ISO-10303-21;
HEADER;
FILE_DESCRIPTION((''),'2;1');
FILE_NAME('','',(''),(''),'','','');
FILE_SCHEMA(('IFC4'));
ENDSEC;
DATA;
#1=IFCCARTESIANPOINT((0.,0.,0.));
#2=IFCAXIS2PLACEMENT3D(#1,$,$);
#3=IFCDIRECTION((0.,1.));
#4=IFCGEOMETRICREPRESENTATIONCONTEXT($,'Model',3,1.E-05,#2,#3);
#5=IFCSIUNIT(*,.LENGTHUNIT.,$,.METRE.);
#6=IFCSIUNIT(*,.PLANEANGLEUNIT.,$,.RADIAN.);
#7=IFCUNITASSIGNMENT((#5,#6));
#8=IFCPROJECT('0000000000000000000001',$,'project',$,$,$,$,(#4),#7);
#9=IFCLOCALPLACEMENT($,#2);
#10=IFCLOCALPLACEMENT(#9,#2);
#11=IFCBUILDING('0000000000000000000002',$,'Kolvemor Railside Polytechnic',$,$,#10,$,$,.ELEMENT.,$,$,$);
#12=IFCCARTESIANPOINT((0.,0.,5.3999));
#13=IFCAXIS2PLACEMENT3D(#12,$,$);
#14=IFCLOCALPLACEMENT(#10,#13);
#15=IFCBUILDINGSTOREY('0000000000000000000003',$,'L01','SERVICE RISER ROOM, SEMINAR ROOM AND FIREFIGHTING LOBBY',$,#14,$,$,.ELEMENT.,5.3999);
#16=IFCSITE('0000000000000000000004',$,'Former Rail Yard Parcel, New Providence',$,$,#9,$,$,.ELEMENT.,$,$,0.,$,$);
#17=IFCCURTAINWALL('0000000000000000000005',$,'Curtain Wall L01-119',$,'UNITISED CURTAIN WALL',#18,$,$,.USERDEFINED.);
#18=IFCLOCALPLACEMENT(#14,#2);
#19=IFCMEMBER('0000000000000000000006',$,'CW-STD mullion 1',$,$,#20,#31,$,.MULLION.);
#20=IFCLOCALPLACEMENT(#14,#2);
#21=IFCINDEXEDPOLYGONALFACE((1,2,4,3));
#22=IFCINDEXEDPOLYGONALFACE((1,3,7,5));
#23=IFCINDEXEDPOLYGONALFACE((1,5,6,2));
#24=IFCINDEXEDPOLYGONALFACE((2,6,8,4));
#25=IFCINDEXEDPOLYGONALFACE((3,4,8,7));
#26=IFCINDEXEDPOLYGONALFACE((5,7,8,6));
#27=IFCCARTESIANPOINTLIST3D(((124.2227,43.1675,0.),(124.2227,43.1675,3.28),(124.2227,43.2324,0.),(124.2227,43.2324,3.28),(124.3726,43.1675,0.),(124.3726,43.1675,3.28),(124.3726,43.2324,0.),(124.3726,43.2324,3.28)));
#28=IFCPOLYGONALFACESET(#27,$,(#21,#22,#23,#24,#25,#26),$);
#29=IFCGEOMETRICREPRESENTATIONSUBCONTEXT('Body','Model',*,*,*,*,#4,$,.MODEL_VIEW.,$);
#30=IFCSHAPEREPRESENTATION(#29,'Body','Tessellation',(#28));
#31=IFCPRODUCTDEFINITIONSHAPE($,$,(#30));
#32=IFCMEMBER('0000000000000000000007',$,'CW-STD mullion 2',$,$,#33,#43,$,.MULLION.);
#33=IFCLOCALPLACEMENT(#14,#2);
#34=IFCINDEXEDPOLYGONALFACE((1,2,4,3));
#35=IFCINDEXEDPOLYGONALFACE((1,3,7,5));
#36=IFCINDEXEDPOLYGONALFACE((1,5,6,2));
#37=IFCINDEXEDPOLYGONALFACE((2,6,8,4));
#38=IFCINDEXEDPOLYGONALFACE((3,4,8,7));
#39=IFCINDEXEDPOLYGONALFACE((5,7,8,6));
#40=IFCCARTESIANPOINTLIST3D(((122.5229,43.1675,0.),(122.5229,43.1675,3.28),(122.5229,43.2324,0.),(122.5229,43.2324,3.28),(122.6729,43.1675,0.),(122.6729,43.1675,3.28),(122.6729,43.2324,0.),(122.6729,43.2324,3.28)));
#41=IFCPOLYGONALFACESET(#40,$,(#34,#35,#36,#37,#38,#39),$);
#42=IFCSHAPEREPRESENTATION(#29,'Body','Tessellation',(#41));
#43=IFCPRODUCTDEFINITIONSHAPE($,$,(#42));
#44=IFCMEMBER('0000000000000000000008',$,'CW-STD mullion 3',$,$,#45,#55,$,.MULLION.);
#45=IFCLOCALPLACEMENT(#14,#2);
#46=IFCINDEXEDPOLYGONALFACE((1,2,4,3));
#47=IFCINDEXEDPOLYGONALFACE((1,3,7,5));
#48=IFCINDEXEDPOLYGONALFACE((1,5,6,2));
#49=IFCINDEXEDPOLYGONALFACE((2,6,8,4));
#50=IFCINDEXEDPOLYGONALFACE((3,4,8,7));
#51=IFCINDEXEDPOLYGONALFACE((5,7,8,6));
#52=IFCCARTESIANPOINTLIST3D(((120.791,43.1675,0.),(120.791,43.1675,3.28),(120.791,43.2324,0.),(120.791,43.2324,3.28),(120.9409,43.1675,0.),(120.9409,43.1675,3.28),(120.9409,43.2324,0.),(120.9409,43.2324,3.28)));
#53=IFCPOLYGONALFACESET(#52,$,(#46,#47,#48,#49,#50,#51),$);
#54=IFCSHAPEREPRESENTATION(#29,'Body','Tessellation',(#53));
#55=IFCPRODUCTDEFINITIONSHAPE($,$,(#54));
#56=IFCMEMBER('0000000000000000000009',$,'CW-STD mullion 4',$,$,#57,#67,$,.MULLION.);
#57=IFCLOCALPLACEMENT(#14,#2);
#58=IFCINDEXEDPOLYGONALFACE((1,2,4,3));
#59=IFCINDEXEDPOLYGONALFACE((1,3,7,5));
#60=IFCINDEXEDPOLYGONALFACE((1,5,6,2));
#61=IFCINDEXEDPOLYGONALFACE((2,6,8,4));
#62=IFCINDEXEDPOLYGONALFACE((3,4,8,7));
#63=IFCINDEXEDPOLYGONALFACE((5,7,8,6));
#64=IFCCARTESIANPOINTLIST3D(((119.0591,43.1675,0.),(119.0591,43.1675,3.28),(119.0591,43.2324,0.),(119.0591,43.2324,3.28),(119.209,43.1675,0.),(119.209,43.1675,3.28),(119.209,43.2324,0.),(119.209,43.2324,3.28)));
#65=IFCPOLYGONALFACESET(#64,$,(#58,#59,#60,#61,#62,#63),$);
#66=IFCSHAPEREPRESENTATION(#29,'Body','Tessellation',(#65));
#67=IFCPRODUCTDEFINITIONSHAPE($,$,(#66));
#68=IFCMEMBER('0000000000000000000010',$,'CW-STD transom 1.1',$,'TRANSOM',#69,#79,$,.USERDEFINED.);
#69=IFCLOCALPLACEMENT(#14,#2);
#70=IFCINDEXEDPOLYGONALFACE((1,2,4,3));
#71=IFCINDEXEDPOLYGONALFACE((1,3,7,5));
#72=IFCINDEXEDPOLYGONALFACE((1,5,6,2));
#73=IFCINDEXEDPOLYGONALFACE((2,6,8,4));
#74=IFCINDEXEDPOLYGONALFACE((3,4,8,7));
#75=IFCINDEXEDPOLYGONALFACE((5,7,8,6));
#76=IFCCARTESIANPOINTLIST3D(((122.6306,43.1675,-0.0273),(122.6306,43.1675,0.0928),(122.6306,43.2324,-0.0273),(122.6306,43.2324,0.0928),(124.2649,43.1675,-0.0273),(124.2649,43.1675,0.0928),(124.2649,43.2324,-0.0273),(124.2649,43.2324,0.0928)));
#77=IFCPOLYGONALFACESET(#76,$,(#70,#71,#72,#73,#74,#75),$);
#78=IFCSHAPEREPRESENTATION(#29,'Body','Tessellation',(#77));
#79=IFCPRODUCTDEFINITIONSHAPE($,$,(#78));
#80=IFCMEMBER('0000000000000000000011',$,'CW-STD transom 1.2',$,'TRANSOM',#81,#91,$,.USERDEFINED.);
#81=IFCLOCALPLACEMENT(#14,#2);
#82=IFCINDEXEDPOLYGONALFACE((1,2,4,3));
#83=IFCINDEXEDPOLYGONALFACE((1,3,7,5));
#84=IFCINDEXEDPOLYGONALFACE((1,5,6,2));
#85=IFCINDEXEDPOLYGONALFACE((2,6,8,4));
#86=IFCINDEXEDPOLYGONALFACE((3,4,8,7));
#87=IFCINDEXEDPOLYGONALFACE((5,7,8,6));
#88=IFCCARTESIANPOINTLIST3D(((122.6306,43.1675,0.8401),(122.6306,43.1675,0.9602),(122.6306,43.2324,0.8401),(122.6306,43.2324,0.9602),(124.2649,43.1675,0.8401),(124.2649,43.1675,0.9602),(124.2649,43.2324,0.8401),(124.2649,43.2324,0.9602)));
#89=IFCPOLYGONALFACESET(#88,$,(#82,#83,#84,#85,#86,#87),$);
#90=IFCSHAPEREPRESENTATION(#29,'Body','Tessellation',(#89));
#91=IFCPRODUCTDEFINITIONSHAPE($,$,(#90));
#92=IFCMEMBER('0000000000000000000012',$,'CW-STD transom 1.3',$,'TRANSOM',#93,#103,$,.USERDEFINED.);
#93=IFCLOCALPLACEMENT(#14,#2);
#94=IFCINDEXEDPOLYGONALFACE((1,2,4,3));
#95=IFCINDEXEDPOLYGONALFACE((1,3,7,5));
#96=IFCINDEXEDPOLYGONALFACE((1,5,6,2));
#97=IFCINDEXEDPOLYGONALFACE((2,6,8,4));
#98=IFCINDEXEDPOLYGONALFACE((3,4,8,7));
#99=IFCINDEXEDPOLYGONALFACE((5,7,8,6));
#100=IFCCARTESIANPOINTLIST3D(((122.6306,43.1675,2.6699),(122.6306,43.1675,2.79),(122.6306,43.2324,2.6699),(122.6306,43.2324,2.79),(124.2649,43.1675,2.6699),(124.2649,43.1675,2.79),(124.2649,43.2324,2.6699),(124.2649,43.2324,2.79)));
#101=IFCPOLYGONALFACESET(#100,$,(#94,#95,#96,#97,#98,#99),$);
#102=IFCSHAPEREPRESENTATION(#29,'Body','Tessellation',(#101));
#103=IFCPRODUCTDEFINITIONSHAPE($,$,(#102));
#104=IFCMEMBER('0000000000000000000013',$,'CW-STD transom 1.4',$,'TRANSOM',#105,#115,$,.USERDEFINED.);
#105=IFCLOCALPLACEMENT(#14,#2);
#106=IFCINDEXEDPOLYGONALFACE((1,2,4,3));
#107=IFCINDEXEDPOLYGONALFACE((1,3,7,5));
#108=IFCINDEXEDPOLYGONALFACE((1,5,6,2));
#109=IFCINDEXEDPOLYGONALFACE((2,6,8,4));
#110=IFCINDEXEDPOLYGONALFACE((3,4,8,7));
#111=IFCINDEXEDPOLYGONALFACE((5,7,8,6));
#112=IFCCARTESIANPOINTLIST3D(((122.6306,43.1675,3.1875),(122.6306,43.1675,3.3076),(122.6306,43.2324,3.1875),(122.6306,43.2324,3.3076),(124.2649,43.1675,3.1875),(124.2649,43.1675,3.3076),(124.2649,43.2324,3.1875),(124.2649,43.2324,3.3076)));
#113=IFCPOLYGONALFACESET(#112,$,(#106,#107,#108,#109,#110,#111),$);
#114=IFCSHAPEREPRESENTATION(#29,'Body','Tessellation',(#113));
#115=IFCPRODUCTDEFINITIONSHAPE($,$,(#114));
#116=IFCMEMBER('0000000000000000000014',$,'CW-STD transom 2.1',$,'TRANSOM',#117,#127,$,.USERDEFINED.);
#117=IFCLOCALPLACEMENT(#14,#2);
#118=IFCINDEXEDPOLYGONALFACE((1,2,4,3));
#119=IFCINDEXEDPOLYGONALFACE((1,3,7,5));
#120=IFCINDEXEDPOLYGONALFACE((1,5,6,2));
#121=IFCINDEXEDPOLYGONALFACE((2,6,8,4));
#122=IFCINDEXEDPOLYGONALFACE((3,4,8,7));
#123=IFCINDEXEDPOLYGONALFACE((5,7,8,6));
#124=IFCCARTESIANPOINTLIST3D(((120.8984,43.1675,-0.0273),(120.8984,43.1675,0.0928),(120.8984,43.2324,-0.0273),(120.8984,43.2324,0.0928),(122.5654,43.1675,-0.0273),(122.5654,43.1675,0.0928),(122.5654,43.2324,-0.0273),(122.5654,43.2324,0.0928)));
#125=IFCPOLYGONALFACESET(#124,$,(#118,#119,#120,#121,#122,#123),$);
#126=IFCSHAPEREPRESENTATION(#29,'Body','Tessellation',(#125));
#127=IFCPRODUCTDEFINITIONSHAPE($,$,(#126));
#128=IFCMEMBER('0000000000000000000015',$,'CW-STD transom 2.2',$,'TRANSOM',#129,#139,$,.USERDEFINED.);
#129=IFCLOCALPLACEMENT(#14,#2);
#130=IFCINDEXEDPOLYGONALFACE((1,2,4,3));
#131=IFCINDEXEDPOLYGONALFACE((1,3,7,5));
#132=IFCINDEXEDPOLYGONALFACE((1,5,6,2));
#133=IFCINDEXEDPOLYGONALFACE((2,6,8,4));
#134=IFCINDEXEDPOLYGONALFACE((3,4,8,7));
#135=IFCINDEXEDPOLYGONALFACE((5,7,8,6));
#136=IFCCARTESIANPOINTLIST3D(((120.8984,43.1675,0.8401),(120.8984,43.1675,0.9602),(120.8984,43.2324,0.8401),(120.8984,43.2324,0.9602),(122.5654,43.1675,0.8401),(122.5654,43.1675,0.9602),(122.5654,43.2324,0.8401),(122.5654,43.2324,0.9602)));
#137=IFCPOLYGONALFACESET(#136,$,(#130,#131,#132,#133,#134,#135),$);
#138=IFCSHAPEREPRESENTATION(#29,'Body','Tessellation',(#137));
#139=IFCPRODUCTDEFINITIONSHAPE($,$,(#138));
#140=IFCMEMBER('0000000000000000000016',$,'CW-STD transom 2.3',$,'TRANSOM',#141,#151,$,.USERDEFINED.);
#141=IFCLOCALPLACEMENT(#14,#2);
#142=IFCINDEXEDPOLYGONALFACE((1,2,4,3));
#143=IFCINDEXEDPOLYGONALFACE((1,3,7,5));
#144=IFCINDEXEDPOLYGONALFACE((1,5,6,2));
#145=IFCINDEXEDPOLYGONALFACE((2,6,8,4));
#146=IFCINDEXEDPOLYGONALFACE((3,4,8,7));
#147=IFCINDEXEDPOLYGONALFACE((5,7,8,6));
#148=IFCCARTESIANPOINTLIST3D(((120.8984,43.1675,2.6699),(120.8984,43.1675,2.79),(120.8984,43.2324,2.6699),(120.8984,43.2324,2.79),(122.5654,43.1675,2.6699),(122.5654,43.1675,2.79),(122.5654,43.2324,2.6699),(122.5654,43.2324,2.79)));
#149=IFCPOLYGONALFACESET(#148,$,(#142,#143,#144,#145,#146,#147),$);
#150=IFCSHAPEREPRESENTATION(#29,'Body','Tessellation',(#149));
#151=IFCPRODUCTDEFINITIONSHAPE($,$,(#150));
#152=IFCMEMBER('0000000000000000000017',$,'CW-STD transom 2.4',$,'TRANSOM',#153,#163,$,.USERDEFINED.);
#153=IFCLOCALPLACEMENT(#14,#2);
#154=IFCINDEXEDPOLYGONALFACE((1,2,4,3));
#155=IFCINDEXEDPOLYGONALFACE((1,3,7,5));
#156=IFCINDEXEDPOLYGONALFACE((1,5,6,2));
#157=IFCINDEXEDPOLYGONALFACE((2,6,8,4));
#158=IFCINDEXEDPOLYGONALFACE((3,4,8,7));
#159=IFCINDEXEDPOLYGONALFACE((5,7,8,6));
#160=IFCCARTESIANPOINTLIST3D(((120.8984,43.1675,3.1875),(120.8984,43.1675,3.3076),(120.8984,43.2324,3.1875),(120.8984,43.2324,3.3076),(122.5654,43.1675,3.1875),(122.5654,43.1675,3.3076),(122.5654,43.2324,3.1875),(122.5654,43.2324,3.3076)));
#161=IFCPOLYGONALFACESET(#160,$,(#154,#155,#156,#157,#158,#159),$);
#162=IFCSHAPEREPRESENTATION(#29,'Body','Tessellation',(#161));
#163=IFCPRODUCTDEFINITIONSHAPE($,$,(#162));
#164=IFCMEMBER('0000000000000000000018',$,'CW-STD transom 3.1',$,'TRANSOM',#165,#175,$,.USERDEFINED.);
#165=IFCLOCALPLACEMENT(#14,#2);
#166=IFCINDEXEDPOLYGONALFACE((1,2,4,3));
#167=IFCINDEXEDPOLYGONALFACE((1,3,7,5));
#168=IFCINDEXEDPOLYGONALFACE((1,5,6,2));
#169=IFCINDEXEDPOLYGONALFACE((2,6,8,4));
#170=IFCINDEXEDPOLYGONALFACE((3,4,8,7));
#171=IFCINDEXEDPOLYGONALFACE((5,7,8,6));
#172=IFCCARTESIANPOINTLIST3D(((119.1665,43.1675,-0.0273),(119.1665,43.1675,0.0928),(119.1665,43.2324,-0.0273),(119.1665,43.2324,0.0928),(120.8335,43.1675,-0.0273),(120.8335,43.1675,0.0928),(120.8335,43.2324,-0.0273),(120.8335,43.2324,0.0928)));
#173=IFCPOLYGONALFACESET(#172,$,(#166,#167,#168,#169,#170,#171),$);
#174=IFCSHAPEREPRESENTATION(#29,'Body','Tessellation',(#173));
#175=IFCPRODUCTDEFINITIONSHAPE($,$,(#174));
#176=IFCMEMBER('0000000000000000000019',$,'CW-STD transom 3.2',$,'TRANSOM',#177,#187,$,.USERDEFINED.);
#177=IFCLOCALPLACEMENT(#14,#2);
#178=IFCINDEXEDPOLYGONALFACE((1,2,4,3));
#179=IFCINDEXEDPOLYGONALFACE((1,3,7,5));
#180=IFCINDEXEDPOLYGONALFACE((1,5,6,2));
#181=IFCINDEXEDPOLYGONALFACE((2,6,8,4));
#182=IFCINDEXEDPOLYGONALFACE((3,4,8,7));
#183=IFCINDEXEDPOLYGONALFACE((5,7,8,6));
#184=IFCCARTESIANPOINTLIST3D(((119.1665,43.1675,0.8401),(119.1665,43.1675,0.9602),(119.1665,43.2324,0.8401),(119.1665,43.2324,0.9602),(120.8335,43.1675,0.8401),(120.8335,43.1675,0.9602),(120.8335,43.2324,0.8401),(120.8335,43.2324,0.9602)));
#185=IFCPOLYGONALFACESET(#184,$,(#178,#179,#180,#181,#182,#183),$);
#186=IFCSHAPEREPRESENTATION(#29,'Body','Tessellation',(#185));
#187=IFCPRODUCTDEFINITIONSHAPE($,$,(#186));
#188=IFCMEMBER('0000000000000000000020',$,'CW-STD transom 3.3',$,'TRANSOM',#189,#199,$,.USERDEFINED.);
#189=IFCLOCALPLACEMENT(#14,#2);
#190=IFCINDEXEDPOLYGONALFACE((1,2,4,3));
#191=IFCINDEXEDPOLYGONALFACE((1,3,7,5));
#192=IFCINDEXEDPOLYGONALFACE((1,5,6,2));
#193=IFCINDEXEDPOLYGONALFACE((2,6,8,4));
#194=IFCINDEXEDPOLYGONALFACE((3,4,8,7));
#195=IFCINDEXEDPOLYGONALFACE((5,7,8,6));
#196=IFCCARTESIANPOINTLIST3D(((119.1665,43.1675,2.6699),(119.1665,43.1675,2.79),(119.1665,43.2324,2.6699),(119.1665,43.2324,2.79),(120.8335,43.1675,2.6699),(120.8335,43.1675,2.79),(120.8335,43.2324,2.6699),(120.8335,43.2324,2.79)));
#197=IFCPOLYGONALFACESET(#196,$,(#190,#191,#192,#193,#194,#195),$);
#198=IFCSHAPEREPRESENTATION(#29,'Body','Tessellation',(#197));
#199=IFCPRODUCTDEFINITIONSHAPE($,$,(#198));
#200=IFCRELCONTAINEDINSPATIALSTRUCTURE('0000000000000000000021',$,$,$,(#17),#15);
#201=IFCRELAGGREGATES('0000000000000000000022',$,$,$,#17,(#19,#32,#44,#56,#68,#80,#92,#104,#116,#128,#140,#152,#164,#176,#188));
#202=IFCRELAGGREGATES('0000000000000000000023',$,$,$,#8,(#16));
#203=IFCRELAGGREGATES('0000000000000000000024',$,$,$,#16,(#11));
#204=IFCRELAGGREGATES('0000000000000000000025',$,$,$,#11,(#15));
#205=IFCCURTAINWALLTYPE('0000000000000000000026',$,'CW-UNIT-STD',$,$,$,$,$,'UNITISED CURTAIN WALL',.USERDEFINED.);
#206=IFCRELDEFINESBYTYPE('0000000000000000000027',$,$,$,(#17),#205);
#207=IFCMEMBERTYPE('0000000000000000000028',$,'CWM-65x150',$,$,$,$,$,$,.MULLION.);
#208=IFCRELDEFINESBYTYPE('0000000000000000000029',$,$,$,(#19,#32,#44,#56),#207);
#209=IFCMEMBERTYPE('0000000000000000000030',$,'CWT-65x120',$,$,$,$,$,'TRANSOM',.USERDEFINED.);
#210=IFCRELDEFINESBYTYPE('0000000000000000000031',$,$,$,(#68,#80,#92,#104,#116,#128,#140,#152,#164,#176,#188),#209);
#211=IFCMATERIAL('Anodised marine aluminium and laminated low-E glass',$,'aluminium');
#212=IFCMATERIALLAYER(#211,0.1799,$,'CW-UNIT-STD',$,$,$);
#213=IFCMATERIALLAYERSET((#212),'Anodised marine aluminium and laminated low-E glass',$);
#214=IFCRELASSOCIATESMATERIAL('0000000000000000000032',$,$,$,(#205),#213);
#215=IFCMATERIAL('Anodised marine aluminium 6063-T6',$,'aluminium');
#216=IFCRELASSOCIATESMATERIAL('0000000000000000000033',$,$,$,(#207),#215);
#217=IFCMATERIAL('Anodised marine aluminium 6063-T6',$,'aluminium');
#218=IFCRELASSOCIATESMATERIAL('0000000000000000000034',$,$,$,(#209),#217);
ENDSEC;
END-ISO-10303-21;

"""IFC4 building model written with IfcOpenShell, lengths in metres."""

from ifc_helpers import new_model, si_unit, direction, frame, origin, origin_2d, place, context, subcontext, project, spatial, rectangle, extrude, material, layer, layer_set, material_profile, profile_set, type_object, element, aggregate, save


model = new_model("IFC4")

# Units and contexts
model_context = context("Model", 3, precision=1e-05, world=origin(), true_north=direction((0.0, 1.0)))
body_context = subcontext(model_context, "Body", "Model", "MODEL_VIEW")
ifc_project = project(units=[si_unit("LENGTHUNIT", "METRE"), si_unit("PLANEANGLEUNIT", "RADIAN")], contexts=[model_context])

# Site, building, storey
site_placement = place(None, origin())
site = spatial("IfcSite", under=ifc_project, at=site_placement, Name="Former Rail Yard Parcel, New Providence", CompositionType="ELEMENT", RefElevation=0.0)
building_placement = place(site_placement, origin())
building = spatial("IfcBuilding", under=site, at=building_placement, Name="Kolvemor Railside Polytechnic", CompositionType="ELEMENT")
storey_placement = place(building_placement, frame((0.0, 0.0, 5.3999)))
storey = spatial("IfcBuildingStorey", under=building, at=storey_placement, Name="L01", Description="SERVICE RISER ROOM, SEMINAR ROOM AND FIREFIGHTING LOBBY", CompositionType="ELEMENT", Elevation=5.3999)

# Curtain wall, members
ifc_material_1 = material(Name="Anodised marine aluminium and laminated low-E glass", Category="aluminium")
ifc_layer_1 = layer(ifc_material_1, 0.1799, Name="CW-UNIT-STD")
ifc_layer_set_1 = layer_set([ifc_layer_1], Name="Anodised marine aluminium and laminated low-E glass")
curtain_wall_type = type_object("IfcCurtainWallType", Name="CW-UNIT-STD", ElementType="UNITISED CURTAIN WALL", PredefinedType="USERDEFINED", material=ifc_layer_set_1)
curtain_wall_placement = place(storey_placement, origin())
curtain_wall = element("IfcCurtainWall", 1, at=curtain_wall_placement, inside=storey, type_object=curtain_wall_type, Name="Curtain Wall L01-119", ObjectType="UNITISED CURTAIN WALL", PredefinedType="USERDEFINED")
ifc_material_2 = material(Name="Anodised marine aluminium 6063-T6", Category="aluminium")
ifc_material_profile_1 = material_profile(ifc_material_2, rectangle(XDim=0.0649, YDim=0.1499, at=origin_2d()), Name="CW-MUL-65x150")
ifc_profile_set_1 = profile_set([ifc_material_profile_1], Name="Anodised marine aluminium 6063-T6")
member_type_1 = type_object("IfcMemberType", Name="CWM-65x150", PredefinedType="MULLION", material=ifc_profile_set_1)
member_1_placement = place(storey_placement, frame((124.2976, 43.2, 0.0), z_axis=(0.0, 0.0, 1.0), x_axis=(0.0, -1.0, 0.0)))
member_1 = element("IfcMember", 2, at=member_1_placement, type_object=member_type_1, Name="CW-STD mullion 1", PredefinedType="MULLION", context=body_context, shape_type="SweptSolid", body=[
    extrude(rectangle(XDim=0.0649, YDim=0.1499, at=origin_2d()), origin(), (0.0, 0.0, 1.0), 3.28),
])
member_2_placement = place(storey_placement, frame((122.5979, 43.2, 0.0), z_axis=(0.0, 0.0, 1.0), x_axis=(0.0, -1.0, 0.0)))
member_2 = element("IfcMember", 3, at=member_2_placement, type_object=member_type_1, Name="CW-STD mullion 2", PredefinedType="MULLION", context=body_context, shape_type="SweptSolid", body=[
    extrude(rectangle(XDim=0.0649, YDim=0.1499, at=origin_2d()), origin(), (0.0, 0.0, 1.0), 3.28),
])
member_3_placement = place(storey_placement, frame((120.866, 43.2, 0.0), z_axis=(0.0, 0.0, 1.0), x_axis=(0.0, -1.0, 0.0)))
member_3 = element("IfcMember", 4, at=member_3_placement, type_object=member_type_1, Name="CW-STD mullion 3", PredefinedType="MULLION", context=body_context, shape_type="SweptSolid", body=[
    extrude(rectangle(XDim=0.0649, YDim=0.1499, at=origin_2d()), origin(), (0.0, 0.0, 1.0), 3.28),
])
member_4_placement = place(storey_placement, frame((119.134, 43.2, 0.0), z_axis=(0.0, 0.0, 1.0), x_axis=(0.0, -1.0, 0.0)))
member_4 = element("IfcMember", 5, at=member_4_placement, type_object=member_type_1, Name="CW-STD mullion 4", PredefinedType="MULLION", context=body_context, shape_type="SweptSolid", body=[
    extrude(rectangle(XDim=0.0649, YDim=0.1499, at=origin_2d()), origin(), (0.0, 0.0, 1.0), 3.28),
])
ifc_material_3 = material(Name="Anodised marine aluminium 6063-T6", Category="aluminium")
ifc_material_profile_2 = material_profile(ifc_material_3, rectangle(XDim=0.0649, YDim=0.1201, at=origin_2d()), Name="CW-TRN-65x120")
ifc_profile_set_2 = profile_set([ifc_material_profile_2], Name="Anodised marine aluminium 6063-T6")
member_type_2 = type_object("IfcMemberType", Name="CWT-65x120", ElementType="TRANSOM", PredefinedType="USERDEFINED", material=ifc_profile_set_2)
member_5_placement = place(storey_placement, frame((124.2649, 43.2, 0.0327), z_axis=(-1.0, 0.0, 0.0), x_axis=(0.0, -1.0, 0.0)))
member_5 = element("IfcMember", 6, at=member_5_placement, type_object=member_type_2, Name="CW-STD transom 1.1", ObjectType="TRANSOM", PredefinedType="USERDEFINED", context=body_context, shape_type="SweptSolid", body=[
    extrude(rectangle(XDim=0.0649, YDim=0.1201, at=origin_2d()), origin(), (0.0, 0.0, 1.0), 1.6343),
])
member_6_placement = place(storey_placement, frame((124.2649, 43.2, 0.9001), z_axis=(-1.0, 0.0, 0.0), x_axis=(0.0, -1.0, 0.0)))
member_6 = element("IfcMember", 7, at=member_6_placement, type_object=member_type_2, Name="CW-STD transom 1.2", ObjectType="TRANSOM", PredefinedType="USERDEFINED", context=body_context, shape_type="SweptSolid", body=[
    extrude(rectangle(XDim=0.0649, YDim=0.1201, at=origin_2d()), origin(), (0.0, 0.0, 1.0), 1.6343),
])
member_7_placement = place(storey_placement, frame((124.2649, 43.2, 2.73), z_axis=(-1.0, 0.0, 0.0), x_axis=(0.0, -1.0, 0.0)))
member_7 = element("IfcMember", 8, at=member_7_placement, type_object=member_type_2, Name="CW-STD transom 1.3", ObjectType="TRANSOM", PredefinedType="USERDEFINED", context=body_context, shape_type="SweptSolid", body=[
    extrude(rectangle(XDim=0.0649, YDim=0.1201, at=origin_2d()), origin(), (0.0, 0.0, 1.0), 1.6343),
])
member_8_placement = place(storey_placement, frame((124.2649, 43.2, 3.2476), z_axis=(-1.0, 0.0, 0.0), x_axis=(0.0, -1.0, 0.0)))
member_8 = element("IfcMember", 9, at=member_8_placement, type_object=member_type_2, Name="CW-STD transom 1.4", ObjectType="TRANSOM", PredefinedType="USERDEFINED", context=body_context, shape_type="SweptSolid", body=[
    extrude(rectangle(XDim=0.0649, YDim=0.1201, at=origin_2d()), origin(), (0.0, 0.0, 1.0), 1.6343),
])
member_9_placement = place(storey_placement, frame((122.5654, 43.2, 0.0327), z_axis=(-1.0, 0.0, 0.0), x_axis=(0.0, -1.0, 0.0)))
member_9 = element("IfcMember", 10, at=member_9_placement, type_object=member_type_2, Name="CW-STD transom 2.1", ObjectType="TRANSOM", PredefinedType="USERDEFINED", context=body_context, shape_type="SweptSolid", body=[
    extrude(rectangle(XDim=0.0649, YDim=0.1201, at=origin_2d()), origin(), (0.0, 0.0, 1.0), 1.667),
])
member_10_placement = place(storey_placement, frame((122.5654, 43.2, 0.9001), z_axis=(-1.0, 0.0, 0.0), x_axis=(0.0, -1.0, 0.0)))
member_10 = element("IfcMember", 11, at=member_10_placement, type_object=member_type_2, Name="CW-STD transom 2.2", ObjectType="TRANSOM", PredefinedType="USERDEFINED", context=body_context, shape_type="SweptSolid", body=[
    extrude(rectangle(XDim=0.0649, YDim=0.1201, at=origin_2d()), origin(), (0.0, 0.0, 1.0), 1.667),
])
member_11_placement = place(storey_placement, frame((122.5654, 43.2, 2.73), z_axis=(-1.0, 0.0, 0.0), x_axis=(0.0, -1.0, 0.0)))
member_11 = element("IfcMember", 12, at=member_11_placement, type_object=member_type_2, Name="CW-STD transom 2.3", ObjectType="TRANSOM", PredefinedType="USERDEFINED", context=body_context, shape_type="SweptSolid", body=[
    extrude(rectangle(XDim=0.0649, YDim=0.1201, at=origin_2d()), origin(), (0.0, 0.0, 1.0), 1.667),
])
member_12_placement = place(storey_placement, frame((122.5654, 43.2, 3.2476), z_axis=(-1.0, 0.0, 0.0), x_axis=(0.0, -1.0, 0.0)))
member_12 = element("IfcMember", 13, at=member_12_placement, type_object=member_type_2, Name="CW-STD transom 2.4", ObjectType="TRANSOM", PredefinedType="USERDEFINED", context=body_context, shape_type="SweptSolid", body=[
    extrude(rectangle(XDim=0.0649, YDim=0.1201, at=origin_2d()), origin(), (0.0, 0.0, 1.0), 1.667),
])
member_13_placement = place(storey_placement, frame((120.8335, 43.2, 0.0327), z_axis=(-1.0, 0.0, 0.0), x_axis=(0.0, -1.0, 0.0)))
member_13 = element("IfcMember", 14, at=member_13_placement, type_object=member_type_2, Name="CW-STD transom 3.1", ObjectType="TRANSOM", PredefinedType="USERDEFINED", context=body_context, shape_type="SweptSolid", body=[
    extrude(rectangle(XDim=0.0649, YDim=0.1201, at=origin_2d()), origin(), (0.0, 0.0, 1.0), 1.667),
])
member_14_placement = place(storey_placement, frame((120.8335, 43.2, 0.9001), z_axis=(-1.0, 0.0, 0.0), x_axis=(0.0, -1.0, 0.0)))
member_14 = element("IfcMember", 15, at=member_14_placement, type_object=member_type_2, Name="CW-STD transom 3.2", ObjectType="TRANSOM", PredefinedType="USERDEFINED", context=body_context, shape_type="SweptSolid", body=[
    extrude(rectangle(XDim=0.0649, YDim=0.1201, at=origin_2d()), origin(), (0.0, 0.0, 1.0), 1.667),
])
member_15_placement = place(storey_placement, frame((120.8335, 43.2, 2.73), z_axis=(-1.0, 0.0, 0.0), x_axis=(0.0, -1.0, 0.0)))
member_15 = element("IfcMember", 16, at=member_15_placement, type_object=member_type_2, Name="CW-STD transom 3.3", ObjectType="TRANSOM", PredefinedType="USERDEFINED", context=body_context, shape_type="SweptSolid", body=[
    extrude(rectangle(XDim=0.0649, YDim=0.1201, at=origin_2d()), origin(), (0.0, 0.0, 1.0), 1.667),
])
aggregate(curtain_wall, [member_1, member_2, member_3, member_4, member_5, member_6, member_7, member_8, member_9, member_10, member_11, member_12, member_13, member_14, member_15])

save(model, "model.ifc")
